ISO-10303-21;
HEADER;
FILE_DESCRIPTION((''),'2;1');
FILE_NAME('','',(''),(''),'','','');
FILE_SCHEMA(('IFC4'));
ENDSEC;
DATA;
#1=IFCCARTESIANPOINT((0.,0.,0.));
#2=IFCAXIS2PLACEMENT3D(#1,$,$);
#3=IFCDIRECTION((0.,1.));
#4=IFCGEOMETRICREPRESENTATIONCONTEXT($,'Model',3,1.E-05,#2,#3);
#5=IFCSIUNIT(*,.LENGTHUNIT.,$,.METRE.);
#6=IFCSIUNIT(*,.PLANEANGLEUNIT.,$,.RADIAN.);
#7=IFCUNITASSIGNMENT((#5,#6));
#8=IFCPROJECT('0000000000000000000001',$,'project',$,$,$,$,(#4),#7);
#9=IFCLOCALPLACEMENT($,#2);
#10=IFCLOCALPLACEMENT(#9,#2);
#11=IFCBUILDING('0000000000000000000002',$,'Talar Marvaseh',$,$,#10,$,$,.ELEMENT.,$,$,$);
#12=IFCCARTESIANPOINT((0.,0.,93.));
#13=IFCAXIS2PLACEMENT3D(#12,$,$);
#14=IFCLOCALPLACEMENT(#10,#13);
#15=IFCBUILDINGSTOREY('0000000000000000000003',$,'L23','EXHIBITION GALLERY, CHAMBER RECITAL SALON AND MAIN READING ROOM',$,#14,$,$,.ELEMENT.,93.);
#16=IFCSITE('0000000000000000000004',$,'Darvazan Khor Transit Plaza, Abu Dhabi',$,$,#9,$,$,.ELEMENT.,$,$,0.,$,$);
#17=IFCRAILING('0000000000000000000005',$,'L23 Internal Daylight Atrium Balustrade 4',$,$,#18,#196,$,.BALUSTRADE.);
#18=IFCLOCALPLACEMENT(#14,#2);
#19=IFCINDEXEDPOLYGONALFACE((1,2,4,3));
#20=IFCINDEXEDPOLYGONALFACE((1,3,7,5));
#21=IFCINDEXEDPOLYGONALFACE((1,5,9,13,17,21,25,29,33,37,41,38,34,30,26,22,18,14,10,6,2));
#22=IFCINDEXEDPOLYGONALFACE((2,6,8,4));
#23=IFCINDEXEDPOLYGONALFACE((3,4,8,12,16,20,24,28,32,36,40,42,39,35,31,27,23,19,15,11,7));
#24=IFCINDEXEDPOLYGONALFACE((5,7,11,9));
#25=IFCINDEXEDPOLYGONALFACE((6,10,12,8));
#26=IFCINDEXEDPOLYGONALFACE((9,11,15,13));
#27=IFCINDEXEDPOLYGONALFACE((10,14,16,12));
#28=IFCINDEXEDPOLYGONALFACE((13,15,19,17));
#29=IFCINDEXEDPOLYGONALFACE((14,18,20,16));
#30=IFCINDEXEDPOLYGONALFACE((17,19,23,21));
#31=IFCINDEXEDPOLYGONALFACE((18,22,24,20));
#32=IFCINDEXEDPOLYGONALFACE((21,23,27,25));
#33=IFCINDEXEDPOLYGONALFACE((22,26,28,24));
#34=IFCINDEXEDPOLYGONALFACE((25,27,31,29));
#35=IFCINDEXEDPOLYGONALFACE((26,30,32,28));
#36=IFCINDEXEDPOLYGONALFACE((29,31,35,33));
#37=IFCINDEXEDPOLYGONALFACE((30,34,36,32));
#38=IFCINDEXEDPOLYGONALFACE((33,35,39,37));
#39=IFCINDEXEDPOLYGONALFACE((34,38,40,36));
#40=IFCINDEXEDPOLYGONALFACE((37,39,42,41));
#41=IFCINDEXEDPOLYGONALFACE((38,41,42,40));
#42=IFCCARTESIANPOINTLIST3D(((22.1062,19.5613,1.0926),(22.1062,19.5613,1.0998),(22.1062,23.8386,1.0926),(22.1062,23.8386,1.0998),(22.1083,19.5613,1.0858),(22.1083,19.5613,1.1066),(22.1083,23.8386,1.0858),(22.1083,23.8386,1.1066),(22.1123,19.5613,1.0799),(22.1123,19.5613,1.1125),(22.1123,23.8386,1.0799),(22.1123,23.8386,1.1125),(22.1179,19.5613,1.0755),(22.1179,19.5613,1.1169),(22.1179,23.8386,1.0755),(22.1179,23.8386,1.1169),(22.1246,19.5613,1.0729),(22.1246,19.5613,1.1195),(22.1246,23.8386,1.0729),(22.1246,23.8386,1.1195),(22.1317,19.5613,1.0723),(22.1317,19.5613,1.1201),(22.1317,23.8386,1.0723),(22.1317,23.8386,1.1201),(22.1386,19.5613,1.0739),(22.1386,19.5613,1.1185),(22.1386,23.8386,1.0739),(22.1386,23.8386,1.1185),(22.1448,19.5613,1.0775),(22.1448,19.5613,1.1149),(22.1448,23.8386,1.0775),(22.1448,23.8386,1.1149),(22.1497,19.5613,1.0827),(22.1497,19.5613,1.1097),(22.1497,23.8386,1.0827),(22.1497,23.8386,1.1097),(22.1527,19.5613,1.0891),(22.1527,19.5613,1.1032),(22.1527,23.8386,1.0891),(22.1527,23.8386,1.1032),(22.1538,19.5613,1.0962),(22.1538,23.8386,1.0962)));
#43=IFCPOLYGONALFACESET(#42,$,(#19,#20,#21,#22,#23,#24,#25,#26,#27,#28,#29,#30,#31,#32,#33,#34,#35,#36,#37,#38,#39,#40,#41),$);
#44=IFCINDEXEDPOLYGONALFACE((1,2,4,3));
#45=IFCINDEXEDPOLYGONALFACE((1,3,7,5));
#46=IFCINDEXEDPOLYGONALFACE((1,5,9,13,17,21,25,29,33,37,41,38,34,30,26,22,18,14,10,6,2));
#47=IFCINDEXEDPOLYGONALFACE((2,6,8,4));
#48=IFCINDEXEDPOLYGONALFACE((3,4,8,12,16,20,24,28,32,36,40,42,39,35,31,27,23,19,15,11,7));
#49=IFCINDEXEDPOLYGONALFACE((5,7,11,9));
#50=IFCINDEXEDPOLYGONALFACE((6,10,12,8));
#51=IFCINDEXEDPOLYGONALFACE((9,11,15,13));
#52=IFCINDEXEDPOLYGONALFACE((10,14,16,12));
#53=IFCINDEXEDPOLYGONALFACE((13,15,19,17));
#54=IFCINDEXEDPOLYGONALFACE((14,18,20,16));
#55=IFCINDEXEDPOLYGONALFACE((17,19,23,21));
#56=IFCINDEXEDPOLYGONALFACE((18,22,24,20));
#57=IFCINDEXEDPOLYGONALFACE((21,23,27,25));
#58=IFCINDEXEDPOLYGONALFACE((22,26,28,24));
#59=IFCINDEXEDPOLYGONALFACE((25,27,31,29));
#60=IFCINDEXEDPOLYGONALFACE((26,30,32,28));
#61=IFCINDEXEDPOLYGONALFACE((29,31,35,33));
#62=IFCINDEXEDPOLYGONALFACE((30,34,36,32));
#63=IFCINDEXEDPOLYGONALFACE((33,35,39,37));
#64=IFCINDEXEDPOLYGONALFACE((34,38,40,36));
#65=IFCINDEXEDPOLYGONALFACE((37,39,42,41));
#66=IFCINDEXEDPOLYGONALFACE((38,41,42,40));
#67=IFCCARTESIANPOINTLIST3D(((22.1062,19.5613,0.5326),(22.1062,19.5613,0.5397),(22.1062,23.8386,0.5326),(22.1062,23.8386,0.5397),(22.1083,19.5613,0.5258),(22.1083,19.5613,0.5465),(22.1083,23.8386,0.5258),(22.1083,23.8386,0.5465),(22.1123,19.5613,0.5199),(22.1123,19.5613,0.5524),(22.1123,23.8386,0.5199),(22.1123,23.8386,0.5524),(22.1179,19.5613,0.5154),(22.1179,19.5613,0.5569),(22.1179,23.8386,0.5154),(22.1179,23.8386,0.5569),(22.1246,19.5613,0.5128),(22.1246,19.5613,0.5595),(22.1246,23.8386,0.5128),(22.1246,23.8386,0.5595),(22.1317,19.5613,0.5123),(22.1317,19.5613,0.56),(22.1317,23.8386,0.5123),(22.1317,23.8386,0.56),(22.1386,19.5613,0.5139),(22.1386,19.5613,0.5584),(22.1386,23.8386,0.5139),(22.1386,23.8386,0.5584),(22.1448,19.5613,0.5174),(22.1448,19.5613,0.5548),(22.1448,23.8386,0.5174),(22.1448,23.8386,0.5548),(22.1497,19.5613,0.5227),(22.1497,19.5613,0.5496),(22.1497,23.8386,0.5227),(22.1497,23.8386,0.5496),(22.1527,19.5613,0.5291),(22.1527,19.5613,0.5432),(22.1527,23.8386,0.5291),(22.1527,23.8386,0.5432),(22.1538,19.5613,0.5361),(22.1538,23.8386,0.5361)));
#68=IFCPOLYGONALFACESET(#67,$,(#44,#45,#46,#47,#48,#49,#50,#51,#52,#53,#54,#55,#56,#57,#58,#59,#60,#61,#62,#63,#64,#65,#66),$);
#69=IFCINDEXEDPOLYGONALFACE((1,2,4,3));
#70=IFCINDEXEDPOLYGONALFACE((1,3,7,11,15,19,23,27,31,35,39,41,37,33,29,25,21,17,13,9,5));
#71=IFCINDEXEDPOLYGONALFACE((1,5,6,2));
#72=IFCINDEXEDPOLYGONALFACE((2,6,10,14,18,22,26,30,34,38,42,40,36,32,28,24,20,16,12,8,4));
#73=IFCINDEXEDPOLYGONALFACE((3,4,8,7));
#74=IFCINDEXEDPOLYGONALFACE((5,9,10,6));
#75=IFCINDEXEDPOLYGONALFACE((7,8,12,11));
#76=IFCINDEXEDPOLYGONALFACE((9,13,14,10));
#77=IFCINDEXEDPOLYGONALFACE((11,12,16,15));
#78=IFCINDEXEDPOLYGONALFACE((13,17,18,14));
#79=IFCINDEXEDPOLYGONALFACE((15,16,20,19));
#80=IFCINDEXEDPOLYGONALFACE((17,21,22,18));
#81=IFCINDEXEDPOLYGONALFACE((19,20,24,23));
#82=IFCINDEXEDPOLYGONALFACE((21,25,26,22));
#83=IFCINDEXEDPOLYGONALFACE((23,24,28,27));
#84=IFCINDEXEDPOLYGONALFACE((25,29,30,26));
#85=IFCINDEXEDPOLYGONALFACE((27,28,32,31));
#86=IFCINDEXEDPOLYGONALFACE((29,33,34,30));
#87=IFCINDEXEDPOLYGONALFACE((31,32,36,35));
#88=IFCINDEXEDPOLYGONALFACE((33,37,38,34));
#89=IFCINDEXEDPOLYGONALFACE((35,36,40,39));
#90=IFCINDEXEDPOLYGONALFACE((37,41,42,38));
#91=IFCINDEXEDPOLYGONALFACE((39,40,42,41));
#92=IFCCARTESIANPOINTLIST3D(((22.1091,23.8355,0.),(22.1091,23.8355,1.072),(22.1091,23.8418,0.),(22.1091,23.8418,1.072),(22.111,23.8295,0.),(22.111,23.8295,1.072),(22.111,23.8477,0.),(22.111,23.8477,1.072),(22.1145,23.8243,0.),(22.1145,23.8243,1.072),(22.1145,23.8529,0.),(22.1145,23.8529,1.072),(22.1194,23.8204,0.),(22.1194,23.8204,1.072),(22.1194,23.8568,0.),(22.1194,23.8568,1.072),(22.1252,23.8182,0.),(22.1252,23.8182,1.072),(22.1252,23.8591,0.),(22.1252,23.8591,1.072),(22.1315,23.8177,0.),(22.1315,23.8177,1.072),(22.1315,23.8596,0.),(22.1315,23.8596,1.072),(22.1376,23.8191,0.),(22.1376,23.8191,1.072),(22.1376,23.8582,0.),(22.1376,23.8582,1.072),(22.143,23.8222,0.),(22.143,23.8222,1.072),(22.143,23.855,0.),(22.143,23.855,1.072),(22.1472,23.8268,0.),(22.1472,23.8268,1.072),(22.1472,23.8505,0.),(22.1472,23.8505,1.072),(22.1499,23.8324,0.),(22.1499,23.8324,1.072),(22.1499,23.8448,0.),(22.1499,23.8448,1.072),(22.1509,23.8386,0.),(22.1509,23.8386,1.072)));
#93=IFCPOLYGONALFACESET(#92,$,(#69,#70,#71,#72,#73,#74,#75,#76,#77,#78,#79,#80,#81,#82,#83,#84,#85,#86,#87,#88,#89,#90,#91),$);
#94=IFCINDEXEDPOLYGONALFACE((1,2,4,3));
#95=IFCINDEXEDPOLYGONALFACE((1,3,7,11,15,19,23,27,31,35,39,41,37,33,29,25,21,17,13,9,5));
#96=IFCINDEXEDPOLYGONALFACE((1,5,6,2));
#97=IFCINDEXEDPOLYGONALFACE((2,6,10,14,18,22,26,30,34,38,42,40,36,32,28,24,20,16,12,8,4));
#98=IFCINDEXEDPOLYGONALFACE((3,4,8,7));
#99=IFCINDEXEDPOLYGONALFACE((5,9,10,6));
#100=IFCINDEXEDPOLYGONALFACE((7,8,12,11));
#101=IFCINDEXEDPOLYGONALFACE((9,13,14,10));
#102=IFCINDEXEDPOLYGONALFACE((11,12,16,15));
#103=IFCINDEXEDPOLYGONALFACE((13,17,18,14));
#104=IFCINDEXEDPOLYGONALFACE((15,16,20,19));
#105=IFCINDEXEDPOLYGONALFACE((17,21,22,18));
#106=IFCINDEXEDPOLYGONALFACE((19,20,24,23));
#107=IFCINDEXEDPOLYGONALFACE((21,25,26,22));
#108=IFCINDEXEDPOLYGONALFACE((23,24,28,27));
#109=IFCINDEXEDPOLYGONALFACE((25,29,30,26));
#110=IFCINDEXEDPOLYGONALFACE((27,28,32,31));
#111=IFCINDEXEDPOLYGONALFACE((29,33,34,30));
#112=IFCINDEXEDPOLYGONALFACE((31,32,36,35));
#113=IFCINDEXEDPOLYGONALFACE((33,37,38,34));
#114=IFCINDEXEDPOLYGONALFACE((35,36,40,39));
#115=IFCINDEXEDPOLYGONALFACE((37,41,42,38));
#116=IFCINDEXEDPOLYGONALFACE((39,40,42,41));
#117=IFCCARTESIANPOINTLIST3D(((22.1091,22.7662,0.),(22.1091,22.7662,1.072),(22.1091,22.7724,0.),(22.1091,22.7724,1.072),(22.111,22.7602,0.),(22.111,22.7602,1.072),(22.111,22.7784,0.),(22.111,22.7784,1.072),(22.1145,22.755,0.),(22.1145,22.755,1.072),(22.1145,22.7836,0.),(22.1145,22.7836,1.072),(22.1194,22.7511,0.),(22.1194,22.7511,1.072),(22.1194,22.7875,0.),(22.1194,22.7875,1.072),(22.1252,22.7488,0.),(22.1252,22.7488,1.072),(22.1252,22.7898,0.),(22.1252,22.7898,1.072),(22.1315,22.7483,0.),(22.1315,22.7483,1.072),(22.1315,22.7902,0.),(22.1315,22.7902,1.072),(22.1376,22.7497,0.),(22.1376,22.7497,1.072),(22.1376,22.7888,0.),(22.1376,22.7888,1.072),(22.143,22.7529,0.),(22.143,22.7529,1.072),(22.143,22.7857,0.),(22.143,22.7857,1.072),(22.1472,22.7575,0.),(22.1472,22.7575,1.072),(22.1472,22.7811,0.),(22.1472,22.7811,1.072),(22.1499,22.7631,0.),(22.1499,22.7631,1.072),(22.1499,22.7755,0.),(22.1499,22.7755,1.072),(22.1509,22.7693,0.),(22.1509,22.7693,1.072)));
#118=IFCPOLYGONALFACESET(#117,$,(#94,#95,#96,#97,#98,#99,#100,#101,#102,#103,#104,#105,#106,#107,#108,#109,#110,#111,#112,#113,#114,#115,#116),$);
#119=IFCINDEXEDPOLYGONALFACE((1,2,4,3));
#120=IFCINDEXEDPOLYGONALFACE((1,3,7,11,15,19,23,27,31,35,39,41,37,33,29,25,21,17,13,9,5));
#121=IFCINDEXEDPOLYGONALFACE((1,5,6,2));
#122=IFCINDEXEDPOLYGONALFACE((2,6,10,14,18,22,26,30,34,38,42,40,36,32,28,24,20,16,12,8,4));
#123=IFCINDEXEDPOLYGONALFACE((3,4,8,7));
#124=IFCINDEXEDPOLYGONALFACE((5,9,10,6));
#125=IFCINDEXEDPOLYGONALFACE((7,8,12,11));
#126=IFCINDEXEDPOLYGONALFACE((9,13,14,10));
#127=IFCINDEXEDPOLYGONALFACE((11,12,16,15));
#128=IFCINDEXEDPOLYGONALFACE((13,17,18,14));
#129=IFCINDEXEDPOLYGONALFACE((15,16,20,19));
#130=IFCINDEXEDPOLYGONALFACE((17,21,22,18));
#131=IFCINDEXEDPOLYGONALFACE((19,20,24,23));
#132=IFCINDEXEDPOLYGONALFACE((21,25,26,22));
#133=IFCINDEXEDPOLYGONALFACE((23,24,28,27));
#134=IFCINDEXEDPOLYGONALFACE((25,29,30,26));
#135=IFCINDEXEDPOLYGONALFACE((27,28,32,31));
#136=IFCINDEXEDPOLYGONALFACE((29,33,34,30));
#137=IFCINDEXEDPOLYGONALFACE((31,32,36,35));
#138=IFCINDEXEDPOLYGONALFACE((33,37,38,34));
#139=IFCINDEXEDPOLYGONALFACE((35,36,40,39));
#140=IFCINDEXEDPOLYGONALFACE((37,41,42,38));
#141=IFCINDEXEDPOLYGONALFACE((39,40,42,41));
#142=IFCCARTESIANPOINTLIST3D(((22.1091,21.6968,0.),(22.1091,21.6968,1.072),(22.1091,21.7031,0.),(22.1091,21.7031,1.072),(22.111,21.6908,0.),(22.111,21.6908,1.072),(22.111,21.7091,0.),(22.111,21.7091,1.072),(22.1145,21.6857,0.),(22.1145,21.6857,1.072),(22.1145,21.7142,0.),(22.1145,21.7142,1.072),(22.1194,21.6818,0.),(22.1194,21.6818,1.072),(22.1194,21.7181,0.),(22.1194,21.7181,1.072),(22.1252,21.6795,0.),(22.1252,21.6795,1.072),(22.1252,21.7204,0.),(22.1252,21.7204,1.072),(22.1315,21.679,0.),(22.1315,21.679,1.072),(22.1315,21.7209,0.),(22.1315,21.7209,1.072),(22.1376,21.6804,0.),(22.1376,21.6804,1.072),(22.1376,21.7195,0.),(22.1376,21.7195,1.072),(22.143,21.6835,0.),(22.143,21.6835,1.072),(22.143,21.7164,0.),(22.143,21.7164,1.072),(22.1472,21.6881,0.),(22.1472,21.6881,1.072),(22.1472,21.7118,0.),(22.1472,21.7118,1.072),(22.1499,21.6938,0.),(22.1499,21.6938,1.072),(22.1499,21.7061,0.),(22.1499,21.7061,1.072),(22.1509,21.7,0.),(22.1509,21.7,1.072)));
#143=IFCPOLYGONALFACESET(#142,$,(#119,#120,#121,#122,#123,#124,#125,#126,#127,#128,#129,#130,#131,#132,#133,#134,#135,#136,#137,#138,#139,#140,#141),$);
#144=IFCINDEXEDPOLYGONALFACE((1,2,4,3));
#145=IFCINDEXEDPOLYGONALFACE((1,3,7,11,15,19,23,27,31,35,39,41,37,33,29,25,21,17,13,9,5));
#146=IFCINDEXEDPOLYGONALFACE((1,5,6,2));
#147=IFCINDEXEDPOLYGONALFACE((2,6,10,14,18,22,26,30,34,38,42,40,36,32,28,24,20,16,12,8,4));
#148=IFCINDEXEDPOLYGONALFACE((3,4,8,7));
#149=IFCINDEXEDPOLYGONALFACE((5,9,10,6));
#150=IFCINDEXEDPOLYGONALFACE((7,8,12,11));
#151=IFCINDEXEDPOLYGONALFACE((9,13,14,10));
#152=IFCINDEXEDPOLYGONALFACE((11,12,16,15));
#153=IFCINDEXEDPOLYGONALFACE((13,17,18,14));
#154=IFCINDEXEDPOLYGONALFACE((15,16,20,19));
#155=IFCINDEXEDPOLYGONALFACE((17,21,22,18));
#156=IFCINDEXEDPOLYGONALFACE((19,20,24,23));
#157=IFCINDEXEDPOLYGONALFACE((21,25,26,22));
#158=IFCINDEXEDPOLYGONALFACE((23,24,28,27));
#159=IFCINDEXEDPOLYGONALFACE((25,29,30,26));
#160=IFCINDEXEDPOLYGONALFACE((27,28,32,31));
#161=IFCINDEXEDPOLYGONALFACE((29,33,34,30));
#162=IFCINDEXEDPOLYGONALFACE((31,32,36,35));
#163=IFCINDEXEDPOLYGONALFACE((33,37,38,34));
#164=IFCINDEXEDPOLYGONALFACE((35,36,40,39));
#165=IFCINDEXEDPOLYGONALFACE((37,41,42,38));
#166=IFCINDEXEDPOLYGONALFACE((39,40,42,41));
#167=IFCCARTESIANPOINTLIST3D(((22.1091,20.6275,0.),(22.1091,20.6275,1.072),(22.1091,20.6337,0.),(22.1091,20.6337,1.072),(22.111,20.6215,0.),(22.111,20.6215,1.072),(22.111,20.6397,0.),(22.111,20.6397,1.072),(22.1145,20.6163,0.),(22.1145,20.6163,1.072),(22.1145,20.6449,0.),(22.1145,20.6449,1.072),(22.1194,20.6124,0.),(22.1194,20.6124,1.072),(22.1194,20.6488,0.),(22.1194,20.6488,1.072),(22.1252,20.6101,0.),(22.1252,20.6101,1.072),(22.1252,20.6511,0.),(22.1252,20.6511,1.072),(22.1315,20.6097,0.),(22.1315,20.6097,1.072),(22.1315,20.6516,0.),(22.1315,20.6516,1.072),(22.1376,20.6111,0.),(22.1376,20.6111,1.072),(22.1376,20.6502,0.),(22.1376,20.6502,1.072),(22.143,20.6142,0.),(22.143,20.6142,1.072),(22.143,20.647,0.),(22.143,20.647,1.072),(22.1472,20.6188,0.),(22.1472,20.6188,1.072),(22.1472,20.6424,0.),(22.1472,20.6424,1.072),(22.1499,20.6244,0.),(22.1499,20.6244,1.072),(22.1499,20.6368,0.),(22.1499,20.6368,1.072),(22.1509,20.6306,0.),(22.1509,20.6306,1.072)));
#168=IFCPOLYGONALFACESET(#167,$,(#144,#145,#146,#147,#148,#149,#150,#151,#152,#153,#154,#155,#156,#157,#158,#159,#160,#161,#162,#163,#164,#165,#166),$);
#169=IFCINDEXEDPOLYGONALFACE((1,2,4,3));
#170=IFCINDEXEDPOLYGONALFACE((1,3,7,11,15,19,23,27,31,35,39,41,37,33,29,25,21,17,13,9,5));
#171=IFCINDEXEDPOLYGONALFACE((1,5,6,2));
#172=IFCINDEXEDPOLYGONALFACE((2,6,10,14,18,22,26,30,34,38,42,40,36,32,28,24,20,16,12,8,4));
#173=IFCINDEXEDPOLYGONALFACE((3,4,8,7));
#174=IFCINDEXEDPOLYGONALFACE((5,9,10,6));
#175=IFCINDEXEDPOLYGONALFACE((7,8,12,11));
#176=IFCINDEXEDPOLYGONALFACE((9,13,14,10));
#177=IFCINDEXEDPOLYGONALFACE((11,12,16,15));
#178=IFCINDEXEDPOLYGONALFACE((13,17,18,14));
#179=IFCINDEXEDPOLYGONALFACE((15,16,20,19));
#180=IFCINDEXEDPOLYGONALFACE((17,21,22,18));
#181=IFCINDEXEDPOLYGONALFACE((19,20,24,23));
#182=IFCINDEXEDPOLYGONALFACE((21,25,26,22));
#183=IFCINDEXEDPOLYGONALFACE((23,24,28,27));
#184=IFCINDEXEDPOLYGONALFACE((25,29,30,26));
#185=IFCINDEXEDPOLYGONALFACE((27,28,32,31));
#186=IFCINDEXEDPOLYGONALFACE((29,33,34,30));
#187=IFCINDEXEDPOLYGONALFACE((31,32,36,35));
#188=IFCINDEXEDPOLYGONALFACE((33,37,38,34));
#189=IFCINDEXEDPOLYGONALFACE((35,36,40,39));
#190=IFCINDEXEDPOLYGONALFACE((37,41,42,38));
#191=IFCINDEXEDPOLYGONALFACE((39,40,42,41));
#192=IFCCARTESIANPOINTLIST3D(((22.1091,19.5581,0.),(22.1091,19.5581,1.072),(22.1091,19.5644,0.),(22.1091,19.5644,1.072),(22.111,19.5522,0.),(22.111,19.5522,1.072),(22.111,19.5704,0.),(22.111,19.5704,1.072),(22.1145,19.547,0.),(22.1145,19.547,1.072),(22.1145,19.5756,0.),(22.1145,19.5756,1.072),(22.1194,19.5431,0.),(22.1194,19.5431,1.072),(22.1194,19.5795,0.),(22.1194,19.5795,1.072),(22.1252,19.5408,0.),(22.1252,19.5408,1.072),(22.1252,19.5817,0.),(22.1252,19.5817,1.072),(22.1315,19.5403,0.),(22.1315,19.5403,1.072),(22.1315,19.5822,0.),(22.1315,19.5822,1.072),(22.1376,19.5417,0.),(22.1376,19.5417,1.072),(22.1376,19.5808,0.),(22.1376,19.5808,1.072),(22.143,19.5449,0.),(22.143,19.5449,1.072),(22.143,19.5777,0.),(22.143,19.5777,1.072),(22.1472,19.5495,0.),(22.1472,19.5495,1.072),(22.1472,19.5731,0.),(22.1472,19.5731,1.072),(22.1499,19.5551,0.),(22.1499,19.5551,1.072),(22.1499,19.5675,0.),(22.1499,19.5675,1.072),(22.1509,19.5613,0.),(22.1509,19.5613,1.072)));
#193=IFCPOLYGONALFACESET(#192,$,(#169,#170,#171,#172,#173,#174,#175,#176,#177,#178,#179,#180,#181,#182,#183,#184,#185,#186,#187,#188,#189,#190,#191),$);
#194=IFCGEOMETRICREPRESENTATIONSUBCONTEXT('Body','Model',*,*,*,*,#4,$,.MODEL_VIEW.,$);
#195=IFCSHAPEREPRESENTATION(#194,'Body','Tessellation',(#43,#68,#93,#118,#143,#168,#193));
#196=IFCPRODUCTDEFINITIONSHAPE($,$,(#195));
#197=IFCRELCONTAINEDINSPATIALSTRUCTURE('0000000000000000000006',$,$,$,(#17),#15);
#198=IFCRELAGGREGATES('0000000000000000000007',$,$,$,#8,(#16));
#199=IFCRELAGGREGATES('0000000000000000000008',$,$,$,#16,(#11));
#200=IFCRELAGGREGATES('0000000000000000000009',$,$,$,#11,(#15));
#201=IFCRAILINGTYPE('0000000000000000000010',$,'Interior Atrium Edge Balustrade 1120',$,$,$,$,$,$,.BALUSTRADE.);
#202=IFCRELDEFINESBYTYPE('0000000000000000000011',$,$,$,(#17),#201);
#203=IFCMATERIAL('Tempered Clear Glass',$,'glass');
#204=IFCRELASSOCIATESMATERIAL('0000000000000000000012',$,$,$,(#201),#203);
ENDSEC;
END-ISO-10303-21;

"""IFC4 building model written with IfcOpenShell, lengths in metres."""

from ifc_helpers import new_model, si_unit, direction, frame, origin, origin_2d, place, context, subcontext, project, spatial, circle, extrude, material, type_object, element, save


model = new_model("IFC4")

# Units and contexts
model_context = context("Model", 3, precision=1e-05, world=origin(), true_north=direction((0.0, 1.0)))
body_context = subcontext(model_context, "Body", "Model", "MODEL_VIEW")
ifc_project = project(units=[si_unit("LENGTHUNIT", "METRE"), si_unit("PLANEANGLEUNIT", "RADIAN")], contexts=[model_context])

# Site, building, storey
site_placement = place(None, origin())
site = spatial("IfcSite", under=ifc_project, at=site_placement, Name="Darvazan Khor Transit Plaza, Abu Dhabi", CompositionType="ELEMENT", RefElevation=0.0)
building_placement = place(site_placement, origin())
building = spatial("IfcBuilding", under=site, at=building_placement, Name="Talar Marvaseh", CompositionType="ELEMENT")
storey_placement = place(building_placement, frame((0.0, 0.0, 93.0)))
storey = spatial("IfcBuildingStorey", under=building, at=storey_placement, Name="L23", Description="EXHIBITION GALLERY, CHAMBER RECITAL SALON AND MAIN READING ROOM", CompositionType="ELEMENT", Elevation=93.0)

# Railing
ifc_material_1 = material(Name="Tempered Clear Glass", Category="glass")
railing_type_1 = type_object("IfcRailingType", Name="Interior Atrium Edge Balustrade 1120", PredefinedType="BALUSTRADE", material=ifc_material_1)
railing_1_placement = place(storey_placement, frame((22.1299, 23.8386, 0.0)))
element("IfcRailing", 1, at=railing_1_placement, inside=storey, type_object=railing_type_1, Name="L23 Internal Daylight Atrium Balustrade 4", PredefinedType="BALUSTRADE", context=body_context, shape_type="SweptSolid", body=[
    extrude(circle(Radius=0.0239, at=origin_2d()), frame((0.0, 0.0, 1.0962), z_axis=(0.0, -1.0, 0.0), x_axis=(1.0, 0.0, 0.0)), (0.0, 0.0, 1.0), 4.2773),
    extrude(circle(Radius=0.0239, at=origin_2d()), frame((0.0, 0.0, 0.5361), z_axis=(0.0, -1.0, 0.0), x_axis=(1.0, 0.0, 0.0)), (0.0, 0.0, 1.0), 4.2773),
    extrude(circle(Radius=0.021, at=origin_2d()), origin(), (0.0, 0.0, 1.0), 1.072),
    extrude(circle(Radius=0.021, at=origin_2d()), frame((0.0, -1.0693, 0.0)), (0.0, 0.0, 1.0), 1.072),
    extrude(circle(Radius=0.021, at=origin_2d()), frame((0.0, -2.1387, 0.0)), (0.0, 0.0, 1.0), 1.072),
    extrude(circle(Radius=0.021, at=origin_2d()), frame((0.0, -3.208, 0.0)), (0.0, 0.0, 1.0), 1.072),
    extrude(circle(Radius=0.021, at=origin_2d()), frame((0.0, -4.2773, 0.0)), (0.0, 0.0, 1.0), 1.072),
])

save(model, "model.ifc")
